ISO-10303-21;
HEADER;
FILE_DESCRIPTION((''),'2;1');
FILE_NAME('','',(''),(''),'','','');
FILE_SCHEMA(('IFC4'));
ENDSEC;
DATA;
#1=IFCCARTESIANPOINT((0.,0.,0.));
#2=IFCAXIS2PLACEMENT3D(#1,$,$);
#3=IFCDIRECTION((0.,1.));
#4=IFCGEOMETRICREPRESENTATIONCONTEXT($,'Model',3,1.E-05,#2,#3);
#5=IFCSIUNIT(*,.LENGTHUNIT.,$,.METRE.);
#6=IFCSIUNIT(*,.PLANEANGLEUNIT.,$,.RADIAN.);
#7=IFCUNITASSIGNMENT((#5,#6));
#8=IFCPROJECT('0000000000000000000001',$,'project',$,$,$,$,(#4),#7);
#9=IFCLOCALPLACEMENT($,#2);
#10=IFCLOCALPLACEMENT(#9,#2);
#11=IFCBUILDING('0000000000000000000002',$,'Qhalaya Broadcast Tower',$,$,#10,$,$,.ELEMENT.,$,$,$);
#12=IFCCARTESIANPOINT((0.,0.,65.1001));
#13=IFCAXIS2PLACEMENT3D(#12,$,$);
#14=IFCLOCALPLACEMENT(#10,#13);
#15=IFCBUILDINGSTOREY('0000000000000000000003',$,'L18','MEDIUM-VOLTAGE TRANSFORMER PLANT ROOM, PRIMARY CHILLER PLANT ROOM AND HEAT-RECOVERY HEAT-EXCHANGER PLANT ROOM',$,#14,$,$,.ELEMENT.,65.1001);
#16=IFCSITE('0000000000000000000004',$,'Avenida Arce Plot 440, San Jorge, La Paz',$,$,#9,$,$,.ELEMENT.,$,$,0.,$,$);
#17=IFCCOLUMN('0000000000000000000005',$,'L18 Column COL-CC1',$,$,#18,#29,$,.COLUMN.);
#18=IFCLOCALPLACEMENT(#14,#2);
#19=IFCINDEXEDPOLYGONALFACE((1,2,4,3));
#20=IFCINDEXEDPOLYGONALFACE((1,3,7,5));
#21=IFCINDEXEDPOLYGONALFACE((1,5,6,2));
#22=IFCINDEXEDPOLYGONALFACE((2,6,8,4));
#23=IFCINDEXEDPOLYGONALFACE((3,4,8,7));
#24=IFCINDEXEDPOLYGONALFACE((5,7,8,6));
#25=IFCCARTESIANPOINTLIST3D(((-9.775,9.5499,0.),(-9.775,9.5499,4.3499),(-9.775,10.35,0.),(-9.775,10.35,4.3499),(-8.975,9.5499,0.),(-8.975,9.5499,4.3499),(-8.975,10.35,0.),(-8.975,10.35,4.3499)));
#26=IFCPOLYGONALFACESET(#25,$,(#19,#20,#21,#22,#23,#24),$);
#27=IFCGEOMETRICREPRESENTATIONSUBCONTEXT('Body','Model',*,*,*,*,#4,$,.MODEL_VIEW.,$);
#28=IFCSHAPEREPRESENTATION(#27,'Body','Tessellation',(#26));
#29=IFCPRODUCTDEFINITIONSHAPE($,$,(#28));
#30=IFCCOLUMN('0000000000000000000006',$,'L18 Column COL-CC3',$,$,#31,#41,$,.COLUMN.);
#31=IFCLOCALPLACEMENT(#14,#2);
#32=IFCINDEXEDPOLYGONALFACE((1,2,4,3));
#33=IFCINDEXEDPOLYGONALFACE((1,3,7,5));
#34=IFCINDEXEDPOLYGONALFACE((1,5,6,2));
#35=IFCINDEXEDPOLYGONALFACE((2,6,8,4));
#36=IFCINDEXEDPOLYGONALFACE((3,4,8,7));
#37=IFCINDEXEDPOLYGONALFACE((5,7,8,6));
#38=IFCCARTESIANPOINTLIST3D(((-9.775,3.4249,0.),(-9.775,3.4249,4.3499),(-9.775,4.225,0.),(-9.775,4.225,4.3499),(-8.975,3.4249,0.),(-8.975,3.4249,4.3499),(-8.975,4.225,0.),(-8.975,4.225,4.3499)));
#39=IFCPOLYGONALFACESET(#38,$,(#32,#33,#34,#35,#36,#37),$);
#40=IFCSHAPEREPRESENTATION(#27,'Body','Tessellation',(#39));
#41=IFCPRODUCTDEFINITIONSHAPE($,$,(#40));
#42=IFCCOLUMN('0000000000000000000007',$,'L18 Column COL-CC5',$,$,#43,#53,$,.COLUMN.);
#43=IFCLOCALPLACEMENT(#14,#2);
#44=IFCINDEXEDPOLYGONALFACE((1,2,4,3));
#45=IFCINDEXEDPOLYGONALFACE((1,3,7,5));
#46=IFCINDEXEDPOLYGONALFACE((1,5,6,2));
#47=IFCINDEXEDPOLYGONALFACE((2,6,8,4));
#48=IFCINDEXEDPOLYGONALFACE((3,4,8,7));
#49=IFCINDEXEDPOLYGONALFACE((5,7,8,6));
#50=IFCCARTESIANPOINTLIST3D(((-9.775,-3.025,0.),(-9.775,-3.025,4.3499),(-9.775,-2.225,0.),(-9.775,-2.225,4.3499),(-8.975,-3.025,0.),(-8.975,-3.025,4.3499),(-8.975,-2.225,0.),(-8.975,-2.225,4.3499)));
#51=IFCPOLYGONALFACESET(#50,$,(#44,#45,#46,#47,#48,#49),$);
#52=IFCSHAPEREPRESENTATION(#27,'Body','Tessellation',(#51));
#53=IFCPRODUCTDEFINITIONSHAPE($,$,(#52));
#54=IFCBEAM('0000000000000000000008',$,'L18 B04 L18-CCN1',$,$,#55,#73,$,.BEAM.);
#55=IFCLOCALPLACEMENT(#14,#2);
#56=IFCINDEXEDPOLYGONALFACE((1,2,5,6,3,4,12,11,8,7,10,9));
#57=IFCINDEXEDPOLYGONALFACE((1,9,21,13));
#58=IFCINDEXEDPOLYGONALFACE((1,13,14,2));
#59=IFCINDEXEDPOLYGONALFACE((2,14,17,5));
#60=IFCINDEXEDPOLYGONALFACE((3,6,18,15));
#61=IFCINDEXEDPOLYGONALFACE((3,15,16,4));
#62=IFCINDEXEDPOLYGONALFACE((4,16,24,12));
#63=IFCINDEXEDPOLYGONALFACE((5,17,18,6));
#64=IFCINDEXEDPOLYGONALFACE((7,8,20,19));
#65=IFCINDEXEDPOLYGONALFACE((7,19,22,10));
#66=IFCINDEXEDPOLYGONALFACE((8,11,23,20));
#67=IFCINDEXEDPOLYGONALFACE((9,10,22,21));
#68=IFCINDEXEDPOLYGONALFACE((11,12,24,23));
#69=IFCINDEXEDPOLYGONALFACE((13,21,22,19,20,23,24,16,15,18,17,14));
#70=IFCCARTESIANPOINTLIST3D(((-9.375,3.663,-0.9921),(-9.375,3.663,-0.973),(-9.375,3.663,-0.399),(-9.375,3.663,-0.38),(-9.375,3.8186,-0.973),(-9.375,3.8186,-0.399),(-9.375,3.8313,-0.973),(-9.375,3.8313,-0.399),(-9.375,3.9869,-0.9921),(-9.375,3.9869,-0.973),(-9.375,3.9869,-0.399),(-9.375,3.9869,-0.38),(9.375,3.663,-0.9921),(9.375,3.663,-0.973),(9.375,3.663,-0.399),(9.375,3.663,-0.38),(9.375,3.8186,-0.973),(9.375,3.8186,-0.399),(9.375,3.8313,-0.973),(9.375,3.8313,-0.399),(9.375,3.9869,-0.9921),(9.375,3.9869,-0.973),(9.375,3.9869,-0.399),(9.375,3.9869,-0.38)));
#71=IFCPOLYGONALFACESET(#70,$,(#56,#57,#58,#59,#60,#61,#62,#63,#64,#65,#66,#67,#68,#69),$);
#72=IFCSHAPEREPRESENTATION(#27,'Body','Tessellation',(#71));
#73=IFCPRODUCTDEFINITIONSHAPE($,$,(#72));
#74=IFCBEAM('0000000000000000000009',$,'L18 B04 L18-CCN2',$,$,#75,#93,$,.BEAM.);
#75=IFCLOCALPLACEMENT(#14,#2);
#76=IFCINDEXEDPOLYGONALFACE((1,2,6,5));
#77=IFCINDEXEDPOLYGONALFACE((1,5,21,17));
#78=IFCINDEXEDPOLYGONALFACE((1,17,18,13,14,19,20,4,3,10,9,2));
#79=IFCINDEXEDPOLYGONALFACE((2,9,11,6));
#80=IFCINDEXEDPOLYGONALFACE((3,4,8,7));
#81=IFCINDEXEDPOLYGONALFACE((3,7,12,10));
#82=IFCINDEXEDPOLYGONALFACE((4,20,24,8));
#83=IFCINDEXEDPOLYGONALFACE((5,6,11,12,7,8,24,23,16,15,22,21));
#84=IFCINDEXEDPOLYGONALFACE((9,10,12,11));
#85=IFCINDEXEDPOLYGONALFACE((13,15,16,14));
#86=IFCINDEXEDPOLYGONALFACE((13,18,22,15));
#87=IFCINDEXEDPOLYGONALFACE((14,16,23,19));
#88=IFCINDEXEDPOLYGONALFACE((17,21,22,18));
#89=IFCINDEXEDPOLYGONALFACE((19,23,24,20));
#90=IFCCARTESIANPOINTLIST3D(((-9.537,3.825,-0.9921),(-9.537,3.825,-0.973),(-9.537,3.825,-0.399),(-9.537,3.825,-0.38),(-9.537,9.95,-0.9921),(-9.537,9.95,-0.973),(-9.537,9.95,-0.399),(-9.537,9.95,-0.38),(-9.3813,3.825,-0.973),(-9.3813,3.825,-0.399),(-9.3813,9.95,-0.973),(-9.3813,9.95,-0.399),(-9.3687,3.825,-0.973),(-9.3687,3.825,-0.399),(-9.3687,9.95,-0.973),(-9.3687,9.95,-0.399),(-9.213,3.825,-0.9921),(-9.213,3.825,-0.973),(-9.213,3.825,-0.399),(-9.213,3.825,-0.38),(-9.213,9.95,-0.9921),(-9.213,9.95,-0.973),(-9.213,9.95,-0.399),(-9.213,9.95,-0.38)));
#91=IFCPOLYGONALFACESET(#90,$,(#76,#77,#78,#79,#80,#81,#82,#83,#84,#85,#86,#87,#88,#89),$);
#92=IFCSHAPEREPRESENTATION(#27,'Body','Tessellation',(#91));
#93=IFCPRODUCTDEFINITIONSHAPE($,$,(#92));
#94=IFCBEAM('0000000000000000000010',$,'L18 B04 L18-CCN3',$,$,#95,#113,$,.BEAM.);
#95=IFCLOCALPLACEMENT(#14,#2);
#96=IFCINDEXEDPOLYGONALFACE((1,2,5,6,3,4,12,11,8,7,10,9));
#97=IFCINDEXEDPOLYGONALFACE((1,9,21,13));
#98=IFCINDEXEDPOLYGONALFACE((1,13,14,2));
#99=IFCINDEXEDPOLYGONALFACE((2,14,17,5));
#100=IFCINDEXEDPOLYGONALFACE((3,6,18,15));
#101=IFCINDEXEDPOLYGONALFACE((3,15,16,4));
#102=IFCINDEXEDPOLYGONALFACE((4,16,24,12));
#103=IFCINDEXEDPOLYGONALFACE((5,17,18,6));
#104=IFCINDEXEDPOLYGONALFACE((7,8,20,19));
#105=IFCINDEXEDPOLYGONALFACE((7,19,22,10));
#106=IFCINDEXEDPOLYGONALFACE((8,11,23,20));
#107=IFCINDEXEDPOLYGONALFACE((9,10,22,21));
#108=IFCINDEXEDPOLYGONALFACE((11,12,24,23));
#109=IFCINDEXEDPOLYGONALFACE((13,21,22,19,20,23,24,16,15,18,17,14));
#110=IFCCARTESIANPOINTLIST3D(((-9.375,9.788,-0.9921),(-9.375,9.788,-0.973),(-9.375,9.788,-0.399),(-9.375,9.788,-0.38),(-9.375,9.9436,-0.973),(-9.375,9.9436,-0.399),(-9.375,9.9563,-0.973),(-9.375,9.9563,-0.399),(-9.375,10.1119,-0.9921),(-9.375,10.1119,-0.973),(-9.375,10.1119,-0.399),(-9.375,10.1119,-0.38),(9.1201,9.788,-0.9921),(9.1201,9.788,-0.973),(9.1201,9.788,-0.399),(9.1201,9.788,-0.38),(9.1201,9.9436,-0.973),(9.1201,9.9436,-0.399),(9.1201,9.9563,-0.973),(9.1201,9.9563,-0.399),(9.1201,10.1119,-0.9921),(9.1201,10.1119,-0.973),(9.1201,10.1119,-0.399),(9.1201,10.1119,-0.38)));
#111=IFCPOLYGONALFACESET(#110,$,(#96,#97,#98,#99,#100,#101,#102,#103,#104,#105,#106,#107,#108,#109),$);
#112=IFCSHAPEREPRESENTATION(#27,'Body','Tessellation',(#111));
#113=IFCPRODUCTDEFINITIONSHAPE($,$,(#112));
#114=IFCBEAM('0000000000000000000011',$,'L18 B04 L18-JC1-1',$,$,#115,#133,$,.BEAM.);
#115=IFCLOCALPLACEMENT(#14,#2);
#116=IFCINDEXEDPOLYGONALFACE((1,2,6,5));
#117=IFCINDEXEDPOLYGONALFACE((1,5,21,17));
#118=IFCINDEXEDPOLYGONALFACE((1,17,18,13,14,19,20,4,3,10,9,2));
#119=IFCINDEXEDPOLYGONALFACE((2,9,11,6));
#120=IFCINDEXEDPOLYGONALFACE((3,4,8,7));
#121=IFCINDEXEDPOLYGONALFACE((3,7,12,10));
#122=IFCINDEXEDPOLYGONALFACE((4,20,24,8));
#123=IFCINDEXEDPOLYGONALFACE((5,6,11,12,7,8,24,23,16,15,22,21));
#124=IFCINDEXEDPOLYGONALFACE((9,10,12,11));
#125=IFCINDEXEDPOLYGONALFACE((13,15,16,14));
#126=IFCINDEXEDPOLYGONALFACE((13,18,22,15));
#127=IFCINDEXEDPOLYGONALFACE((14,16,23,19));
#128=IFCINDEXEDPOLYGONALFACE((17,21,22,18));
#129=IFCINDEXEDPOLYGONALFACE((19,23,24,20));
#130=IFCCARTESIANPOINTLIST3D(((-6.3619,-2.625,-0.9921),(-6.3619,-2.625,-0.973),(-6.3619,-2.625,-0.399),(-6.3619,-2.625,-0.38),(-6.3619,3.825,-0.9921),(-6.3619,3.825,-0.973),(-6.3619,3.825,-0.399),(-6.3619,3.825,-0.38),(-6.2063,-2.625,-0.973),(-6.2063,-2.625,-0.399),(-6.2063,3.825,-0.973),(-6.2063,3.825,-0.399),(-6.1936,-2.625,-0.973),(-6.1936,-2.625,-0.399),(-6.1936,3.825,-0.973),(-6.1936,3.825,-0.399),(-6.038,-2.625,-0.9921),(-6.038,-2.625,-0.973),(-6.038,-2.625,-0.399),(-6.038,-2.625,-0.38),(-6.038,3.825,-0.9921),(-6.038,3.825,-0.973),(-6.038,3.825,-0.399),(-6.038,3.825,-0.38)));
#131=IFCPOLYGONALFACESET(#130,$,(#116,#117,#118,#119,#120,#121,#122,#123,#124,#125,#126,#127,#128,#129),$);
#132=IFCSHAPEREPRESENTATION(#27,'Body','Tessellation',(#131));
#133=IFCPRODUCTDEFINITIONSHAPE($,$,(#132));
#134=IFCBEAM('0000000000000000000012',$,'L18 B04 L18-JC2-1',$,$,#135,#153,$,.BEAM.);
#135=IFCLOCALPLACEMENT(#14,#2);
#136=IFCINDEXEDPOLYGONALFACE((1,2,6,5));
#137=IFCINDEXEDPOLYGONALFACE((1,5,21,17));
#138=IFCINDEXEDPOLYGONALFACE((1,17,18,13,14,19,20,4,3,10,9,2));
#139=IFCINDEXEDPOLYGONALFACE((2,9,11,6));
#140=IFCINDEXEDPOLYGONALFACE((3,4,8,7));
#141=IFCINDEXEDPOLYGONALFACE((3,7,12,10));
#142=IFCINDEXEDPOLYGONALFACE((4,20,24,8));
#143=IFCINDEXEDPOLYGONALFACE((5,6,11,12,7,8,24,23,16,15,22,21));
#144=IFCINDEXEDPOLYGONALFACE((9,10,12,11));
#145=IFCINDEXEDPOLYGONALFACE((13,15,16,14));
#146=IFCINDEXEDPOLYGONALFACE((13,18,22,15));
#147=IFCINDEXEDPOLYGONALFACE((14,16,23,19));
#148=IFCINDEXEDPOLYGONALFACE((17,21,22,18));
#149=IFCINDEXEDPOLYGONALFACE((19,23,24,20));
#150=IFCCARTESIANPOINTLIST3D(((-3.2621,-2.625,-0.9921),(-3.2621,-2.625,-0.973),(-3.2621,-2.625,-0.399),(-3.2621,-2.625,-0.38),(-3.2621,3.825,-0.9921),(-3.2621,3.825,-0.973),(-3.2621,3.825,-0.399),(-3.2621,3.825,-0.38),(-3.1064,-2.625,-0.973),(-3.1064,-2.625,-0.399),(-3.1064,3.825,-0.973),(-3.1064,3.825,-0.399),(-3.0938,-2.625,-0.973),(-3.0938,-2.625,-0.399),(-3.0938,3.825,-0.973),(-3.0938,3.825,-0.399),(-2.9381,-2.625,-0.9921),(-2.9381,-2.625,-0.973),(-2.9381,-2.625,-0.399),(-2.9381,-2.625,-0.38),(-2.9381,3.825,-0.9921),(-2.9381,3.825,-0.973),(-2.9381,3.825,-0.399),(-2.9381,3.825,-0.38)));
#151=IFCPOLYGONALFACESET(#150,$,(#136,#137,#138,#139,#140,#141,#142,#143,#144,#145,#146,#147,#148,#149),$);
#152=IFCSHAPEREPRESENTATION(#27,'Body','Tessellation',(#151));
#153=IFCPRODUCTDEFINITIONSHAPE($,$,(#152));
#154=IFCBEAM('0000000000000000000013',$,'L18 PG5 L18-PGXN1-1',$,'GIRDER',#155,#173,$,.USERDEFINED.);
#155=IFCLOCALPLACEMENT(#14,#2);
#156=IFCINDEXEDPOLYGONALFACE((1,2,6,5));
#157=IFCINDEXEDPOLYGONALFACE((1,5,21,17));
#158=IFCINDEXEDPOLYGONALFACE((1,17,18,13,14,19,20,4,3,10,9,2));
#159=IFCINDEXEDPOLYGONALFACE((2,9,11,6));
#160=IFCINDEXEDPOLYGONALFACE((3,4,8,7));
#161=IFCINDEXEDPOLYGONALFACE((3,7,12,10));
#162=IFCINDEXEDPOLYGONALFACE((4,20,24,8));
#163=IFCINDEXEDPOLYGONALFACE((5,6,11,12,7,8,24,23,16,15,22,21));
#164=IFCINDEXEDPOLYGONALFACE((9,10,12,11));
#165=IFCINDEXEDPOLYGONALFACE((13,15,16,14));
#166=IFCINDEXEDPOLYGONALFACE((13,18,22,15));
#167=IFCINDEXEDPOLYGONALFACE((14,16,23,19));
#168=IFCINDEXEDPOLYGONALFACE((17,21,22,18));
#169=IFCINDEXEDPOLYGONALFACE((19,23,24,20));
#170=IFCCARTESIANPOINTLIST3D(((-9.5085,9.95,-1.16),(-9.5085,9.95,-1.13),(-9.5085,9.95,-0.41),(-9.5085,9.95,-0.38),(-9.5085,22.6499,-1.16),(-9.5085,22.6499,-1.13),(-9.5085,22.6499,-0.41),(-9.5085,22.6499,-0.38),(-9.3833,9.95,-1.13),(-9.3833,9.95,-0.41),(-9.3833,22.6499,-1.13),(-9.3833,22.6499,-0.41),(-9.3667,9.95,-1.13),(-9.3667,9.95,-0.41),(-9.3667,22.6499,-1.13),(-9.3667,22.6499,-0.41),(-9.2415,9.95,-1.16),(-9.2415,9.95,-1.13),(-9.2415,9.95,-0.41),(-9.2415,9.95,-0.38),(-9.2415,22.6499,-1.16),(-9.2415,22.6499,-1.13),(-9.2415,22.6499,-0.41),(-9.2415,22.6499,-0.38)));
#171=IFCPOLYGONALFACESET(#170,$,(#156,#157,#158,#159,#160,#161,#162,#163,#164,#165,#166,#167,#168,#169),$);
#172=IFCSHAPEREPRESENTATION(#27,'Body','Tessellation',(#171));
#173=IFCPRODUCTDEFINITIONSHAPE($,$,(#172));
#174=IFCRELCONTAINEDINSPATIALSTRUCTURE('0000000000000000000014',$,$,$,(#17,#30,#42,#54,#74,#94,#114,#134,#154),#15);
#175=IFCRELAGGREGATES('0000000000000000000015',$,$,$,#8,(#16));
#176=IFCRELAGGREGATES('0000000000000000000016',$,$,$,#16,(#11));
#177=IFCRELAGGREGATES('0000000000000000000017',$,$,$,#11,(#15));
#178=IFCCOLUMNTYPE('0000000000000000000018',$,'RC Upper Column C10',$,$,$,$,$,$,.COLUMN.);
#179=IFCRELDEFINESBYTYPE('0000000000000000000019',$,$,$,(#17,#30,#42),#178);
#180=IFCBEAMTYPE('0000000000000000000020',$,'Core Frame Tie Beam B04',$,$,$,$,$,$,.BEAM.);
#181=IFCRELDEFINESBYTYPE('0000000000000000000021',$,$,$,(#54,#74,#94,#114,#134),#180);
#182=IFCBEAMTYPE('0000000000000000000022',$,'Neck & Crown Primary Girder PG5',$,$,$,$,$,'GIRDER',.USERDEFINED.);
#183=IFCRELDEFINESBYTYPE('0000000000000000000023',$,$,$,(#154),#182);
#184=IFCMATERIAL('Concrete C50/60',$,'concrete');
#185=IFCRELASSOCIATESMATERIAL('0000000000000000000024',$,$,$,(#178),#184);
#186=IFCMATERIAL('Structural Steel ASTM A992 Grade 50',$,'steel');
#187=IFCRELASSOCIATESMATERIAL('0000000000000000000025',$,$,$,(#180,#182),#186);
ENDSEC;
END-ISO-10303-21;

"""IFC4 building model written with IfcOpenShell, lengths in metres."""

from ifc_helpers import new_model, si_unit, direction, frame, origin, origin_2d, place, context, subcontext, project, spatial, rectangle, i_section, extrude, material, material_profile, profile_set, type_object, element, save


model = new_model("IFC4")

# Units and contexts
model_context = context("Model", 3, precision=1e-05, world=origin(), true_north=direction((0.0, 1.0)))
body_context = subcontext(model_context, "Body", "Model", "MODEL_VIEW")
ifc_project = project(units=[si_unit("LENGTHUNIT", "METRE"), si_unit("PLANEANGLEUNIT", "RADIAN")], contexts=[model_context])

# Site, building, storey
site_placement = place(None, origin())
site = spatial("IfcSite", under=ifc_project, at=site_placement, Name="Avenida Arce Plot 440, San Jorge, La Paz", CompositionType="ELEMENT", RefElevation=0.0)
building_placement = place(site_placement, origin())
building = spatial("IfcBuilding", under=site, at=building_placement, Name="Qhalaya Broadcast Tower", CompositionType="ELEMENT")
storey_placement = place(building_placement, frame((0.0, 0.0, 65.1001)))
storey = spatial("IfcBuildingStorey", under=building, at=storey_placement, Name="L18", Description="MEDIUM-VOLTAGE TRANSFORMER PLANT ROOM, PRIMARY CHILLER PLANT ROOM AND HEAT-RECOVERY HEAT-EXCHANGER PLANT ROOM", CompositionType="ELEMENT", Elevation=65.1001)

# Columns
ifc_material_1 = material(Name="Concrete C50/60", Category="concrete")
ifc_material_profile_1 = material_profile(ifc_material_1, rectangle(XDim=0.8, YDim=0.8, at=origin_2d()), Name="RC-COL 800x800")
ifc_profile_set_1 = profile_set([ifc_material_profile_1], Name="Concrete C50/60")
column_type = type_object("IfcColumnType", Name="RC Upper Column C10", PredefinedType="COLUMN", material=ifc_profile_set_1)
for number, where, z_axis, x_axis, name in (
    (1, (-9.375, 9.95, 0.0), (0.0, 0.0, 1.0), (1.0, 0.0, 0.0), "L18 Column COL-CC1"),
    (2, (-9.375, 3.825, 0.0), (0.0, 0.0, 1.0), (1.0, 0.0, 0.0), "L18 Column COL-CC3"),
    (3, (-9.375, -2.625, 0.0), (0.0, 0.0, 1.0), (1.0, 0.0, 0.0), "L18 Column COL-CC5"),
):
    element("IfcColumn", number, at=place(storey_placement, frame(where, z_axis=z_axis, x_axis=x_axis)), inside=storey, type_object=column_type, Name=name, PredefinedType="COLUMN", context=body_context, shape_type="SweptSolid", body=[
        extrude(rectangle(XDim=0.8, YDim=0.8, at=origin_2d()), origin(), (0.0, 0.0, 1.0), 4.3499),
    ])

# Beams
ifc_material_2 = material(Name="Structural Steel ASTM A992 Grade 50", Category="steel")
ifc_material_profile_2 = material_profile(ifc_material_2, i_section(OverallWidth=0.324, OverallDepth=0.6121, WebThickness=0.0127, FlangeThickness=0.019, at=origin_2d()), Name="W24X104")
ifc_profile_set_2 = profile_set([ifc_material_profile_2], Name="Structural Steel ASTM A992 Grade 50")
beam_type_1 = type_object("IfcBeamType", Name="Core Frame Tie Beam B04", PredefinedType="BEAM", material=ifc_profile_set_2)
beam_1_placement = place(storey_placement, frame((-9.375, 3.825, -0.686), z_axis=(1.0, 0.0, 0.0), x_axis=(0.0, 1.0, 0.0)))
element("IfcBeam", 4, at=beam_1_placement, inside=storey, type_object=beam_type_1, Name="L18 B04 L18-CCN1", PredefinedType="BEAM", context=body_context, shape_type="SweptSolid", body=[
    extrude(i_section(OverallWidth=0.324, OverallDepth=0.6121, WebThickness=0.0127, FlangeThickness=0.019, at=origin_2d()), origin(), (0.0, 0.0, 1.0), 18.75),
])
beam_2_placement = place(storey_placement, frame((-9.375, 3.825, -0.686), z_axis=(0.0, 1.0, 0.0), x_axis=(-1.0, 0.0, 0.0)))
element("IfcBeam", 5, at=beam_2_placement, inside=storey, type_object=beam_type_1, Name="L18 B04 L18-CCN2", PredefinedType="BEAM", context=body_context, shape_type="SweptSolid", body=[
    extrude(i_section(OverallWidth=0.324, OverallDepth=0.6121, WebThickness=0.0127, FlangeThickness=0.019, at=origin_2d()), origin(), (0.0, 0.0, 1.0), 6.125),
])
beam_3_placement = place(storey_placement, frame((-9.375, 9.95, -0.686), z_axis=(1.0, 0.0, 0.0), x_axis=(0.0, 1.0, 0.0)))
element("IfcBeam", 6, at=beam_3_placement, inside=storey, type_object=beam_type_1, Name="L18 B04 L18-CCN3", PredefinedType="BEAM", context=body_context, shape_type="SweptSolid", body=[
    extrude(i_section(OverallWidth=0.324, OverallDepth=0.6121, WebThickness=0.0127, FlangeThickness=0.019, at=origin_2d()), origin(), (0.0, 0.0, 1.0), 18.4951),
])
for number, where, z_axis, x_axis, name in (
    (7, (-6.2, -2.625, -0.686), (0.0, 1.0, 0.0), (-1.0, 0.0, 0.0), "L18 B04 L18-JC1-1"),
    (8, (-3.1001, -2.625, -0.686), (0.0, 1.0, 0.0), (-1.0, 0.0, 0.0), "L18 B04 L18-JC2-1"),
):
    element("IfcBeam", number, at=place(storey_placement, frame(where, z_axis=z_axis, x_axis=x_axis)), inside=storey, type_object=beam_type_1, Name=name, PredefinedType="BEAM", context=body_context, shape_type="SweptSolid", body=[
        extrude(i_section(OverallWidth=0.324, OverallDepth=0.6121, WebThickness=0.0127, FlangeThickness=0.019, at=origin_2d()), origin(), (0.0, 0.0, 1.0), 6.45),
    ])
ifc_material_profile_3 = material_profile(ifc_material_2, i_section(OverallWidth=0.2671, OverallDepth=0.78, WebThickness=0.0166, FlangeThickness=0.03, at=origin_2d()), Name="W30X148")
ifc_profile_set_3 = profile_set([ifc_material_profile_3], Name="Structural Steel ASTM A992 Grade 50")
beam_type_2 = type_object("IfcBeamType", Name="Neck & Crown Primary Girder PG5", ElementType="GIRDER", PredefinedType="USERDEFINED", material=ifc_profile_set_3)
beam_4_placement = place(storey_placement, frame((-9.375, 9.95, -0.77), z_axis=(0.0, 1.0, 0.0), x_axis=(-1.0, 0.0, 0.0)))
element("IfcBeam", 9, at=beam_4_placement, inside=storey, type_object=beam_type_2, Name="L18 PG5 L18-PGXN1-1", ObjectType="GIRDER", PredefinedType="USERDEFINED", context=body_context, shape_type="SweptSolid", body=[
    extrude(i_section(OverallWidth=0.2671, OverallDepth=0.78, WebThickness=0.0166, FlangeThickness=0.03, at=origin_2d()), origin(), (0.0, 0.0, 1.0), 12.7),
])

save(model, "model.ifc")
